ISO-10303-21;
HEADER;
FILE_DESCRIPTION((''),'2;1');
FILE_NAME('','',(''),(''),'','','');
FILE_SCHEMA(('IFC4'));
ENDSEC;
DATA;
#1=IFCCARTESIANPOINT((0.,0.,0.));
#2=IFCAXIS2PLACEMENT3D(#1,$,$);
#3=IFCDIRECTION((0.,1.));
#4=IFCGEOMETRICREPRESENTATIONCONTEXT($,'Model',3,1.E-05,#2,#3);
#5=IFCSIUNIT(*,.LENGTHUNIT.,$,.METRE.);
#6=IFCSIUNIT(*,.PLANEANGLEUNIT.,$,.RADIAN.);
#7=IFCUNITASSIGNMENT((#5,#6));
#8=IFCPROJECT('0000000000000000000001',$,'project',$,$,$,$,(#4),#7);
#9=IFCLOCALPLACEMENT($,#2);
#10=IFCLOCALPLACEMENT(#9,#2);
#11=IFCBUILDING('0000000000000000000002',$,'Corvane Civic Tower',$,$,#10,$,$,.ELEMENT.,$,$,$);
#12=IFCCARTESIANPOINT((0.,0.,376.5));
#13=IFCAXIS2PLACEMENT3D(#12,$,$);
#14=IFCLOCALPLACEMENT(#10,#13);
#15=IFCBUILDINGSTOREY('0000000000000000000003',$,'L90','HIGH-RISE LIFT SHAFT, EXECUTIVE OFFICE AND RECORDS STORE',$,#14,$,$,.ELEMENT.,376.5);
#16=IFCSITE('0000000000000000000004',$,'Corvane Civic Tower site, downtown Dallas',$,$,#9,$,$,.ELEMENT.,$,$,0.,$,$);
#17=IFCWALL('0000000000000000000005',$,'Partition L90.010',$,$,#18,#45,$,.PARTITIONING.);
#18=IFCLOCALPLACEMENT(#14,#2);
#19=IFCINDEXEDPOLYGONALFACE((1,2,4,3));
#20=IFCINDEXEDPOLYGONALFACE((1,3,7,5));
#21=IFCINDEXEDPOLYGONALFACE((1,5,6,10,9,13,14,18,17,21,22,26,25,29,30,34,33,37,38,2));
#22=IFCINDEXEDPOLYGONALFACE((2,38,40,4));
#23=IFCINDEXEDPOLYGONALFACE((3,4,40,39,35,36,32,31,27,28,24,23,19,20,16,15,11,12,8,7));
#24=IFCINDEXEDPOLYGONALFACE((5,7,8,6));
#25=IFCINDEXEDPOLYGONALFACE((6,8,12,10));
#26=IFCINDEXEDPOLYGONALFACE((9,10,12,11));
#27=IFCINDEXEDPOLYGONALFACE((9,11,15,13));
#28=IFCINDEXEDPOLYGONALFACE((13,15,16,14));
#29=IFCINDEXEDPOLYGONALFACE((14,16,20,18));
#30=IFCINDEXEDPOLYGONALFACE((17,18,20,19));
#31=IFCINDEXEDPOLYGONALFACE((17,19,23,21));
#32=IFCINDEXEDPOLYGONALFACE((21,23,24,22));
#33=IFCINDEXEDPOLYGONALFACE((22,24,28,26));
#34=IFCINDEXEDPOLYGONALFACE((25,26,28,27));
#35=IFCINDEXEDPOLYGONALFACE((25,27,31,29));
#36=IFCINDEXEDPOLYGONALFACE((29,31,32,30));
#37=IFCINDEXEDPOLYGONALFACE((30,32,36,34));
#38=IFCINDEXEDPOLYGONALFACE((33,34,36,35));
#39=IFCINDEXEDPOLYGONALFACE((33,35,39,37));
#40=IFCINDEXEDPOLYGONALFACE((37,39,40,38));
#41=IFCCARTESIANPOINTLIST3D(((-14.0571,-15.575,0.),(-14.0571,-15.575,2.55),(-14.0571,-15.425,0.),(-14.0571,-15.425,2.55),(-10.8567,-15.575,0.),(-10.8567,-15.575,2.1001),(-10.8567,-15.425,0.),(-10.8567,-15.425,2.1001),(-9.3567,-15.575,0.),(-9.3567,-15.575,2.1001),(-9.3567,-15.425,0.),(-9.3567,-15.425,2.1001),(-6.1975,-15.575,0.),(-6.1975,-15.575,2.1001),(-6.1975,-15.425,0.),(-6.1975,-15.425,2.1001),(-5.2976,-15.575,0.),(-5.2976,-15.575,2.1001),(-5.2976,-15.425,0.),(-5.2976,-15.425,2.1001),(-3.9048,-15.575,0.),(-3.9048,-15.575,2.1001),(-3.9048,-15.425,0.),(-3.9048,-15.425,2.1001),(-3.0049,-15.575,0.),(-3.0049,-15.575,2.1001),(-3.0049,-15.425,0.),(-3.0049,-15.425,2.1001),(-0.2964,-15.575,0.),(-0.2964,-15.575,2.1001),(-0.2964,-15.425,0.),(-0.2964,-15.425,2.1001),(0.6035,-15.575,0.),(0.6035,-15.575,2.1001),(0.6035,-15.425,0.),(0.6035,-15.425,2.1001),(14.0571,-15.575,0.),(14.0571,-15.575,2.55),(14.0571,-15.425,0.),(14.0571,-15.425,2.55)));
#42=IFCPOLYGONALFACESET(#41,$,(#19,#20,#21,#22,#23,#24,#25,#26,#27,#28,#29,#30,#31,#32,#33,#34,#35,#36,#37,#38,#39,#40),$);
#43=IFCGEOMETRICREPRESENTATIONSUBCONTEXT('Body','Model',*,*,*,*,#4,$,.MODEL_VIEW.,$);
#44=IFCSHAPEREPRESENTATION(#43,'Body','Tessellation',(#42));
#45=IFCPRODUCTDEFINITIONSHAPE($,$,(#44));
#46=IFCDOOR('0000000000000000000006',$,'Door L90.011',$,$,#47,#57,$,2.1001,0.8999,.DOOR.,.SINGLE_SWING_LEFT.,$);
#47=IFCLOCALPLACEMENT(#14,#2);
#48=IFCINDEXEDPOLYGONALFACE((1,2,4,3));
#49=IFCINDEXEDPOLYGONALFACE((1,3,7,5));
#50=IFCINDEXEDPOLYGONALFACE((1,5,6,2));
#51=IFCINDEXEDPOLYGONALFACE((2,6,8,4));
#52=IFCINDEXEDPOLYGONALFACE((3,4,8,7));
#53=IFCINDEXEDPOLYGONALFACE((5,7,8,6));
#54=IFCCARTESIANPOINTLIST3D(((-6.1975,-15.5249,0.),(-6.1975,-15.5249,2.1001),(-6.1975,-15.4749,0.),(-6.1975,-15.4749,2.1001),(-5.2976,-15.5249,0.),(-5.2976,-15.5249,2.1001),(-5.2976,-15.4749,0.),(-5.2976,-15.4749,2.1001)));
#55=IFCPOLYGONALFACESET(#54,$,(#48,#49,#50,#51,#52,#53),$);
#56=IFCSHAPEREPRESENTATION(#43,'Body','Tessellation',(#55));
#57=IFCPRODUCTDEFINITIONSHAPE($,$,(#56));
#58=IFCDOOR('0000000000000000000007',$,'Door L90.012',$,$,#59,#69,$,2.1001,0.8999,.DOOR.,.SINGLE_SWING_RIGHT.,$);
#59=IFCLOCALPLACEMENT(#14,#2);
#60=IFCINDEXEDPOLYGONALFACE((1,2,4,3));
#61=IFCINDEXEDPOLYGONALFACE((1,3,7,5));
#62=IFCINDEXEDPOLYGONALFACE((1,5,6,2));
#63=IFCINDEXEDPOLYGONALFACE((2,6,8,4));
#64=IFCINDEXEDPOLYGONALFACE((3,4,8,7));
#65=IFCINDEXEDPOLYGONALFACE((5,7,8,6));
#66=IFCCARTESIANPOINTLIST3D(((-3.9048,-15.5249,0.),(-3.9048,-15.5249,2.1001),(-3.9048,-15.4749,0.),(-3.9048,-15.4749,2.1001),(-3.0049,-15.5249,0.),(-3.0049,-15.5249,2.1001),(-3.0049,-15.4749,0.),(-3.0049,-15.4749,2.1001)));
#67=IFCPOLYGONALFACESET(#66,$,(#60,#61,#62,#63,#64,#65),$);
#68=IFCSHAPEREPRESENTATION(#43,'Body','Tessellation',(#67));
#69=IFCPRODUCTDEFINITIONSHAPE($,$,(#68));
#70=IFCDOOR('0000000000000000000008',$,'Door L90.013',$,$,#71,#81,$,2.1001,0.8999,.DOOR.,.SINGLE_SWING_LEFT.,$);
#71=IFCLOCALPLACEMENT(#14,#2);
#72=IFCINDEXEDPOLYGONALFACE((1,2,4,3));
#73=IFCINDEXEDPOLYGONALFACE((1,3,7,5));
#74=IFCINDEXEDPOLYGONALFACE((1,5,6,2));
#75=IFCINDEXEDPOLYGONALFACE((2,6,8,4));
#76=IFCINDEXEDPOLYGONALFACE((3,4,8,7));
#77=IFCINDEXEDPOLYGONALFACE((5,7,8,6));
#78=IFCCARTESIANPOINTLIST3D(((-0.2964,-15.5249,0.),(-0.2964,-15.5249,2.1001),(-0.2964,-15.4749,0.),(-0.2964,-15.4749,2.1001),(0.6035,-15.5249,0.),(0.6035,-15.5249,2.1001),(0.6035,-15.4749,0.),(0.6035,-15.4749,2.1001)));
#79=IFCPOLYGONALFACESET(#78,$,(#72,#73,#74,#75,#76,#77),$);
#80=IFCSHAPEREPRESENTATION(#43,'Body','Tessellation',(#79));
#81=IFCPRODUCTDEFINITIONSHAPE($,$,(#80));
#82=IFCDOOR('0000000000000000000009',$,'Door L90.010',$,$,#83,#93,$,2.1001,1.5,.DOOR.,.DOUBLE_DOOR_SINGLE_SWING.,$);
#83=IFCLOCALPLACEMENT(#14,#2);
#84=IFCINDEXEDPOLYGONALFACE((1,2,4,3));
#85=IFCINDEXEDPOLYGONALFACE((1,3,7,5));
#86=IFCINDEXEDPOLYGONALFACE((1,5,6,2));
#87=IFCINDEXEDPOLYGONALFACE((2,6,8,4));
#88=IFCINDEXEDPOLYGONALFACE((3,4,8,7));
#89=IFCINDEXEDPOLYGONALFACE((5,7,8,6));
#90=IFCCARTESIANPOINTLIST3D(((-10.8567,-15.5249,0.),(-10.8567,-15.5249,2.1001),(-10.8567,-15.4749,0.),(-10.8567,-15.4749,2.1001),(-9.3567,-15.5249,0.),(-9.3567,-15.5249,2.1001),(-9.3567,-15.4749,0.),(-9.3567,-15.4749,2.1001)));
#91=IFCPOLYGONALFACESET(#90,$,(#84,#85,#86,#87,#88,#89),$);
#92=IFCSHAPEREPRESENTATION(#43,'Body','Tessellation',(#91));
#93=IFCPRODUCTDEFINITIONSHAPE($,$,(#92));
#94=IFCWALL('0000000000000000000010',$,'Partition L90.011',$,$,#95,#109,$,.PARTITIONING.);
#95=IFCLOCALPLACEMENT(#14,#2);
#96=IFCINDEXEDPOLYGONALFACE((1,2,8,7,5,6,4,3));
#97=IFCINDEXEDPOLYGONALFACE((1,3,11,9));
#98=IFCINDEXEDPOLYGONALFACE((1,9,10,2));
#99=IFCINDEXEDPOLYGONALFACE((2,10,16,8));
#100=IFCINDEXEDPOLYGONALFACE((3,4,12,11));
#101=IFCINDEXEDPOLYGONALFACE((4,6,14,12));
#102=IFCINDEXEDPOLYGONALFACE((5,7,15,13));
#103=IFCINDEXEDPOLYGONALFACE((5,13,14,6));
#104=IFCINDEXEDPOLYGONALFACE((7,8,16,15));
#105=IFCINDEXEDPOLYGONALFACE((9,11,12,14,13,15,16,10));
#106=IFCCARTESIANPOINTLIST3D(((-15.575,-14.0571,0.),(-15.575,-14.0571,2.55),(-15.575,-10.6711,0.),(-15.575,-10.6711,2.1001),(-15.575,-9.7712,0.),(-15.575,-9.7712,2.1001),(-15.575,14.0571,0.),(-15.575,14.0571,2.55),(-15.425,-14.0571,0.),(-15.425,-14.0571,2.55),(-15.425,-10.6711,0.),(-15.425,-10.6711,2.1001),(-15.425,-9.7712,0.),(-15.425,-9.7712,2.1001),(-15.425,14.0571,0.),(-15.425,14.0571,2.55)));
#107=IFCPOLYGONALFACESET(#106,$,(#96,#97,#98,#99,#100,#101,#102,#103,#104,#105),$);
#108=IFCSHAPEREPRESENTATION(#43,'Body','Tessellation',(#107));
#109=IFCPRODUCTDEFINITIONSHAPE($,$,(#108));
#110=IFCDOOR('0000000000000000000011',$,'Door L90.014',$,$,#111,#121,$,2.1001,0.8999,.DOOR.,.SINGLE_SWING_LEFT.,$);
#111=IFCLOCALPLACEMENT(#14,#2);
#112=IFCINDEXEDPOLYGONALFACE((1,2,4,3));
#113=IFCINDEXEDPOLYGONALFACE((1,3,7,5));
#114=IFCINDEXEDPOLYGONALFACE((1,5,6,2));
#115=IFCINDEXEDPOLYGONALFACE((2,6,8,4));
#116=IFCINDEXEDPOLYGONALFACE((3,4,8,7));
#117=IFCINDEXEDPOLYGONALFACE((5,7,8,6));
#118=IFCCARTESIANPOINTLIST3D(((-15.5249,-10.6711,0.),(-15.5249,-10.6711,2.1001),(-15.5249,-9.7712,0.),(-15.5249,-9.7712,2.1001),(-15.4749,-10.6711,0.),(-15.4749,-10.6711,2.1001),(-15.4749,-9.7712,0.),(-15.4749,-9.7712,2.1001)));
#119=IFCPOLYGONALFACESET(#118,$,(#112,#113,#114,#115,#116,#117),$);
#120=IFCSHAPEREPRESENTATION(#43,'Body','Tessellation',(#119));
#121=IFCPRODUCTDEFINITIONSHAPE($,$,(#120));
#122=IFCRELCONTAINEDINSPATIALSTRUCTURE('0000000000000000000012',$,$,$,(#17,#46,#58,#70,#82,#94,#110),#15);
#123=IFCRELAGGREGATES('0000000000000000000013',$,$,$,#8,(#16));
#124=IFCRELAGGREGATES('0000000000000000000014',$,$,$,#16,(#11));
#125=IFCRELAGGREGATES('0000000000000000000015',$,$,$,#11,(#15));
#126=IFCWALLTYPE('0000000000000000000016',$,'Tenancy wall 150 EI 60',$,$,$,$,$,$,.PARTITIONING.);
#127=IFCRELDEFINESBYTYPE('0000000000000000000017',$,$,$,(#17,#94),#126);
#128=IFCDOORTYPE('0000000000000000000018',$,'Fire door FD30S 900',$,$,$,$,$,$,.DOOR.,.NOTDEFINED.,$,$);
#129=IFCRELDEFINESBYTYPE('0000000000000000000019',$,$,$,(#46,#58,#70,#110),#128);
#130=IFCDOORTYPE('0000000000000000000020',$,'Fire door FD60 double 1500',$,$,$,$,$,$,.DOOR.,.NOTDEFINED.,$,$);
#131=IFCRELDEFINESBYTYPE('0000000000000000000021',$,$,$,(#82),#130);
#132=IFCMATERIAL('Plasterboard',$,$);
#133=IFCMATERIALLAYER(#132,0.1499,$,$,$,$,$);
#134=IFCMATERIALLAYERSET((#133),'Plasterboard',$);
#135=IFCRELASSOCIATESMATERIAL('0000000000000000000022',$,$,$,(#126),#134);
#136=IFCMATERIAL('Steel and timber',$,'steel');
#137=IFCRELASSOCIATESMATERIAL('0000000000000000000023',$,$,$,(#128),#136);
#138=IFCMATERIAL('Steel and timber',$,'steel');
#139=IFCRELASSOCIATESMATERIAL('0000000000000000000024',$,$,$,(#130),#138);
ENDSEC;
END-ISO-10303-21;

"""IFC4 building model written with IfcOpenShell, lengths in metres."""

from ifc_helpers import new_model, si_unit, direction, frame, frame_2d, origin, place, context, subcontext, project, spatial, rectangle, extrude, material, layer, layer_set, type_object, element, fill, save


model = new_model("IFC4")

# Units and contexts
model_context = context("Model", 3, precision=1e-05, world=origin(), true_north=direction((0.0, 1.0)))
body_context = subcontext(model_context, "Body", "Model", "MODEL_VIEW")
ifc_project = project(units=[si_unit("LENGTHUNIT", "METRE"), si_unit("PLANEANGLEUNIT", "RADIAN")], contexts=[model_context])

# Site, building, storey
site_placement = place(None, origin())
site = spatial("IfcSite", under=ifc_project, at=site_placement, Name="Corvane Civic Tower site, downtown Dallas", CompositionType="ELEMENT", RefElevation=0.0)
building_placement = place(site_placement, origin())
building = spatial("IfcBuilding", under=site, at=building_placement, Name="Corvane Civic Tower", CompositionType="ELEMENT")
storey_placement = place(building_placement, frame((0.0, 0.0, 376.5)))
storey = spatial("IfcBuildingStorey", under=building, at=storey_placement, Name="L90", Description="HIGH-RISE LIFT SHAFT, EXECUTIVE OFFICE AND RECORDS STORE", CompositionType="ELEMENT", Elevation=376.5)

# Wall, openings, doors
ifc_material_1 = material(Name="Plasterboard")
ifc_layer_1 = layer(ifc_material_1, 0.1499)
ifc_layer_set_1 = layer_set([ifc_layer_1], Name="Plasterboard")
wall_type = type_object("IfcWallType", Name="Tenancy wall 150 EI 60", PredefinedType="PARTITIONING", material=ifc_layer_set_1)
wall_1_placement = place(storey_placement, frame((-14.0571, -15.5, 0.0), z_axis=(0.0, 0.0, 1.0), x_axis=(1.0, 0.0, 0.0)))
wall_1 = element("IfcWall", 1, at=wall_1_placement, inside=storey, type_object=wall_type, Name="Partition L90.010", PredefinedType="PARTITIONING", context=body_context, shape_type="SweptSolid", body=[
    extrude(rectangle(XDim=28.1143, YDim=0.1499, at=frame_2d((14.0571, 0.0))), origin(), (0.0, 0.0, 1.0), 2.55),
])
opening_1_placement = place(wall_1_placement, frame((3.2004, 0.0, 0.0)))
opening_1 = element("IfcOpeningElement", 2, at=opening_1_placement, cuts=wall_1, PredefinedType="OPENING", context=body_context, shape_type="SweptSolid", body=[
    extrude(rectangle(XDim=1.5, YDim=2.1001, at=frame_2d((0.75, 1.05))), frame((0.0, 0.085, 0.0), z_axis=(0.0, -1.0, 0.0), x_axis=(1.0, 0.0, 0.0)), (0.0, 0.0, 1.0), 0.1699),
])
opening_2_placement = place(wall_1_placement, frame((7.8596, 0.0, 0.0)))
opening_2 = element("IfcOpeningElement", 3, at=opening_2_placement, cuts=wall_1, PredefinedType="OPENING", context=body_context, shape_type="SweptSolid", body=[
    extrude(rectangle(XDim=0.8999, YDim=2.1001, at=frame_2d((0.45, 1.05))), frame((0.0, 0.085, 0.0), z_axis=(0.0, -1.0, 0.0), x_axis=(1.0, 0.0, 0.0)), (0.0, 0.0, 1.0), 0.1699),
])
opening_3_placement = place(wall_1_placement, frame((10.1523, 0.0, 0.0)))
opening_3 = element("IfcOpeningElement", 4, at=opening_3_placement, cuts=wall_1, PredefinedType="OPENING", context=body_context, shape_type="SweptSolid", body=[
    extrude(rectangle(XDim=0.8999, YDim=2.1001, at=frame_2d((0.45, 1.05))), frame((0.0, 0.085, 0.0), z_axis=(0.0, -1.0, 0.0), x_axis=(1.0, 0.0, 0.0)), (0.0, 0.0, 1.0), 0.1699),
])
opening_4_placement = place(wall_1_placement, frame((13.7607, 0.0, 0.0)))
opening_4 = element("IfcOpeningElement", 5, at=opening_4_placement, cuts=wall_1, PredefinedType="OPENING", context=body_context, shape_type="SweptSolid", body=[
    extrude(rectangle(XDim=0.8999, YDim=2.1001, at=frame_2d((0.45, 1.05))), frame((0.0, 0.085, 0.0), z_axis=(0.0, -1.0, 0.0), x_axis=(1.0, 0.0, 0.0)), (0.0, 0.0, 1.0), 0.1699),
])
ifc_material_2 = material(Name="Steel and timber", Category="steel")
door_type_1 = type_object("IfcDoorType", Name="Fire door FD30S 900", OperationType="NOTDEFINED", PredefinedType="DOOR", material=ifc_material_2)
door_1_placement = place(opening_2_placement, frame((0.8999, 0.0, 0.0), z_axis=(0.0, 0.0, 1.0), x_axis=(-1.0, 0.0, 0.0)))
door_1 = element("IfcDoor", 6, at=door_1_placement, inside=storey, type_object=door_type_1, Name="Door L90.011", OperationType="SINGLE_SWING_LEFT", OverallHeight=2.1001, OverallWidth=0.8999, PredefinedType="DOOR", context=body_context, shape_type="SweptSolid", body=[
    extrude(rectangle(XDim=0.8999, YDim=2.1001, at=frame_2d((0.45, 1.05))), frame((0.0, 0.0249, 0.0), z_axis=(0.0, -1.0, 0.0), x_axis=(1.0, 0.0, 0.0)), (0.0, 0.0, 1.0), 0.05),
])
fill(opening_2, door_1)
door_2_placement = place(opening_3_placement, frame((0.8999, 0.0, 0.0), z_axis=(0.0, 0.0, 1.0), x_axis=(-1.0, 0.0, 0.0)))
door_2 = element("IfcDoor", 7, at=door_2_placement, inside=storey, type_object=door_type_1, Name="Door L90.012", OperationType="SINGLE_SWING_RIGHT", OverallHeight=2.1001, OverallWidth=0.8999, PredefinedType="DOOR", context=body_context, shape_type="SweptSolid", body=[
    extrude(rectangle(XDim=0.8999, YDim=2.1001, at=frame_2d((0.45, 1.05))), frame((0.0, 0.0249, 0.0), z_axis=(0.0, -1.0, 0.0), x_axis=(1.0, 0.0, 0.0)), (0.0, 0.0, 1.0), 0.05),
])
fill(opening_3, door_2)
door_3_placement = place(opening_4_placement, frame((0.8999, 0.0, 0.0), z_axis=(0.0, 0.0, 1.0), x_axis=(-1.0, 0.0, 0.0)))
door_3 = element("IfcDoor", 8, at=door_3_placement, inside=storey, type_object=door_type_1, Name="Door L90.013", OperationType="SINGLE_SWING_LEFT", OverallHeight=2.1001, OverallWidth=0.8999, PredefinedType="DOOR", context=body_context, shape_type="SweptSolid", body=[
    extrude(rectangle(XDim=0.8999, YDim=2.1001, at=frame_2d((0.45, 1.05))), frame((0.0, 0.0249, 0.0), z_axis=(0.0, -1.0, 0.0), x_axis=(1.0, 0.0, 0.0)), (0.0, 0.0, 1.0), 0.05),
])
fill(opening_4, door_3)
ifc_material_3 = material(Name="Steel and timber", Category="steel")
door_type_2 = type_object("IfcDoorType", Name="Fire door FD60 double 1500", OperationType="NOTDEFINED", PredefinedType="DOOR", material=ifc_material_3)
door_4_placement = place(opening_1_placement, frame((1.5, 0.0, 0.0), z_axis=(0.0, 0.0, 1.0), x_axis=(-1.0, 0.0, 0.0)))
door_4 = element("IfcDoor", 9, at=door_4_placement, inside=storey, type_object=door_type_2, Name="Door L90.010", OperationType="DOUBLE_DOOR_SINGLE_SWING", OverallHeight=2.1001, OverallWidth=1.5, PredefinedType="DOOR", context=body_context, shape_type="SweptSolid", body=[
    extrude(rectangle(XDim=1.5, YDim=2.1001, at=frame_2d((0.75, 1.05))), frame((0.0, 0.0249, 0.0), z_axis=(0.0, -1.0, 0.0), x_axis=(1.0, 0.0, 0.0)), (0.0, 0.0, 1.0), 0.05),
])
fill(opening_1, door_4)

# Wall, opening, door
wall_2_placement = place(storey_placement, frame((-15.5, -14.0571, 0.0), z_axis=(0.0, 0.0, 1.0), x_axis=(0.0, 1.0, 0.0)))
wall_2 = element("IfcWall", 10, at=wall_2_placement, inside=storey, type_object=wall_type, Name="Partition L90.011", PredefinedType="PARTITIONING", context=body_context, shape_type="SweptSolid", body=[
    extrude(rectangle(XDim=28.1143, YDim=0.1499, at=frame_2d((14.0571, 0.0))), origin(), (0.0, 0.0, 1.0), 2.55),
])
opening_5_placement = place(wall_2_placement, frame((3.386, 0.0, 0.0)))
opening_5 = element("IfcOpeningElement", 11, at=opening_5_placement, cuts=wall_2, PredefinedType="OPENING", context=body_context, shape_type="SweptSolid", body=[
    extrude(rectangle(XDim=0.8999, YDim=2.1001, at=frame_2d((0.45, 1.05))), frame((0.0, 0.085, 0.0), z_axis=(0.0, -1.0, 0.0), x_axis=(1.0, 0.0, 0.0)), (0.0, 0.0, 1.0), 0.1699),
])
door_5_placement = place(opening_5_placement, origin())
door_5 = element("IfcDoor", 12, at=door_5_placement, inside=storey, type_object=door_type_1, Name="Door L90.014", OperationType="SINGLE_SWING_LEFT", OverallHeight=2.1001, OverallWidth=0.8999, PredefinedType="DOOR", context=body_context, shape_type="SweptSolid", body=[
    extrude(rectangle(XDim=0.8999, YDim=2.1001, at=frame_2d((0.45, 1.05))), frame((0.0, 0.0249, 0.0), z_axis=(0.0, -1.0, 0.0), x_axis=(1.0, 0.0, 0.0)), (0.0, 0.0, 1.0), 0.05),
])
fill(opening_5, door_5)

save(model, "model.ifc")
